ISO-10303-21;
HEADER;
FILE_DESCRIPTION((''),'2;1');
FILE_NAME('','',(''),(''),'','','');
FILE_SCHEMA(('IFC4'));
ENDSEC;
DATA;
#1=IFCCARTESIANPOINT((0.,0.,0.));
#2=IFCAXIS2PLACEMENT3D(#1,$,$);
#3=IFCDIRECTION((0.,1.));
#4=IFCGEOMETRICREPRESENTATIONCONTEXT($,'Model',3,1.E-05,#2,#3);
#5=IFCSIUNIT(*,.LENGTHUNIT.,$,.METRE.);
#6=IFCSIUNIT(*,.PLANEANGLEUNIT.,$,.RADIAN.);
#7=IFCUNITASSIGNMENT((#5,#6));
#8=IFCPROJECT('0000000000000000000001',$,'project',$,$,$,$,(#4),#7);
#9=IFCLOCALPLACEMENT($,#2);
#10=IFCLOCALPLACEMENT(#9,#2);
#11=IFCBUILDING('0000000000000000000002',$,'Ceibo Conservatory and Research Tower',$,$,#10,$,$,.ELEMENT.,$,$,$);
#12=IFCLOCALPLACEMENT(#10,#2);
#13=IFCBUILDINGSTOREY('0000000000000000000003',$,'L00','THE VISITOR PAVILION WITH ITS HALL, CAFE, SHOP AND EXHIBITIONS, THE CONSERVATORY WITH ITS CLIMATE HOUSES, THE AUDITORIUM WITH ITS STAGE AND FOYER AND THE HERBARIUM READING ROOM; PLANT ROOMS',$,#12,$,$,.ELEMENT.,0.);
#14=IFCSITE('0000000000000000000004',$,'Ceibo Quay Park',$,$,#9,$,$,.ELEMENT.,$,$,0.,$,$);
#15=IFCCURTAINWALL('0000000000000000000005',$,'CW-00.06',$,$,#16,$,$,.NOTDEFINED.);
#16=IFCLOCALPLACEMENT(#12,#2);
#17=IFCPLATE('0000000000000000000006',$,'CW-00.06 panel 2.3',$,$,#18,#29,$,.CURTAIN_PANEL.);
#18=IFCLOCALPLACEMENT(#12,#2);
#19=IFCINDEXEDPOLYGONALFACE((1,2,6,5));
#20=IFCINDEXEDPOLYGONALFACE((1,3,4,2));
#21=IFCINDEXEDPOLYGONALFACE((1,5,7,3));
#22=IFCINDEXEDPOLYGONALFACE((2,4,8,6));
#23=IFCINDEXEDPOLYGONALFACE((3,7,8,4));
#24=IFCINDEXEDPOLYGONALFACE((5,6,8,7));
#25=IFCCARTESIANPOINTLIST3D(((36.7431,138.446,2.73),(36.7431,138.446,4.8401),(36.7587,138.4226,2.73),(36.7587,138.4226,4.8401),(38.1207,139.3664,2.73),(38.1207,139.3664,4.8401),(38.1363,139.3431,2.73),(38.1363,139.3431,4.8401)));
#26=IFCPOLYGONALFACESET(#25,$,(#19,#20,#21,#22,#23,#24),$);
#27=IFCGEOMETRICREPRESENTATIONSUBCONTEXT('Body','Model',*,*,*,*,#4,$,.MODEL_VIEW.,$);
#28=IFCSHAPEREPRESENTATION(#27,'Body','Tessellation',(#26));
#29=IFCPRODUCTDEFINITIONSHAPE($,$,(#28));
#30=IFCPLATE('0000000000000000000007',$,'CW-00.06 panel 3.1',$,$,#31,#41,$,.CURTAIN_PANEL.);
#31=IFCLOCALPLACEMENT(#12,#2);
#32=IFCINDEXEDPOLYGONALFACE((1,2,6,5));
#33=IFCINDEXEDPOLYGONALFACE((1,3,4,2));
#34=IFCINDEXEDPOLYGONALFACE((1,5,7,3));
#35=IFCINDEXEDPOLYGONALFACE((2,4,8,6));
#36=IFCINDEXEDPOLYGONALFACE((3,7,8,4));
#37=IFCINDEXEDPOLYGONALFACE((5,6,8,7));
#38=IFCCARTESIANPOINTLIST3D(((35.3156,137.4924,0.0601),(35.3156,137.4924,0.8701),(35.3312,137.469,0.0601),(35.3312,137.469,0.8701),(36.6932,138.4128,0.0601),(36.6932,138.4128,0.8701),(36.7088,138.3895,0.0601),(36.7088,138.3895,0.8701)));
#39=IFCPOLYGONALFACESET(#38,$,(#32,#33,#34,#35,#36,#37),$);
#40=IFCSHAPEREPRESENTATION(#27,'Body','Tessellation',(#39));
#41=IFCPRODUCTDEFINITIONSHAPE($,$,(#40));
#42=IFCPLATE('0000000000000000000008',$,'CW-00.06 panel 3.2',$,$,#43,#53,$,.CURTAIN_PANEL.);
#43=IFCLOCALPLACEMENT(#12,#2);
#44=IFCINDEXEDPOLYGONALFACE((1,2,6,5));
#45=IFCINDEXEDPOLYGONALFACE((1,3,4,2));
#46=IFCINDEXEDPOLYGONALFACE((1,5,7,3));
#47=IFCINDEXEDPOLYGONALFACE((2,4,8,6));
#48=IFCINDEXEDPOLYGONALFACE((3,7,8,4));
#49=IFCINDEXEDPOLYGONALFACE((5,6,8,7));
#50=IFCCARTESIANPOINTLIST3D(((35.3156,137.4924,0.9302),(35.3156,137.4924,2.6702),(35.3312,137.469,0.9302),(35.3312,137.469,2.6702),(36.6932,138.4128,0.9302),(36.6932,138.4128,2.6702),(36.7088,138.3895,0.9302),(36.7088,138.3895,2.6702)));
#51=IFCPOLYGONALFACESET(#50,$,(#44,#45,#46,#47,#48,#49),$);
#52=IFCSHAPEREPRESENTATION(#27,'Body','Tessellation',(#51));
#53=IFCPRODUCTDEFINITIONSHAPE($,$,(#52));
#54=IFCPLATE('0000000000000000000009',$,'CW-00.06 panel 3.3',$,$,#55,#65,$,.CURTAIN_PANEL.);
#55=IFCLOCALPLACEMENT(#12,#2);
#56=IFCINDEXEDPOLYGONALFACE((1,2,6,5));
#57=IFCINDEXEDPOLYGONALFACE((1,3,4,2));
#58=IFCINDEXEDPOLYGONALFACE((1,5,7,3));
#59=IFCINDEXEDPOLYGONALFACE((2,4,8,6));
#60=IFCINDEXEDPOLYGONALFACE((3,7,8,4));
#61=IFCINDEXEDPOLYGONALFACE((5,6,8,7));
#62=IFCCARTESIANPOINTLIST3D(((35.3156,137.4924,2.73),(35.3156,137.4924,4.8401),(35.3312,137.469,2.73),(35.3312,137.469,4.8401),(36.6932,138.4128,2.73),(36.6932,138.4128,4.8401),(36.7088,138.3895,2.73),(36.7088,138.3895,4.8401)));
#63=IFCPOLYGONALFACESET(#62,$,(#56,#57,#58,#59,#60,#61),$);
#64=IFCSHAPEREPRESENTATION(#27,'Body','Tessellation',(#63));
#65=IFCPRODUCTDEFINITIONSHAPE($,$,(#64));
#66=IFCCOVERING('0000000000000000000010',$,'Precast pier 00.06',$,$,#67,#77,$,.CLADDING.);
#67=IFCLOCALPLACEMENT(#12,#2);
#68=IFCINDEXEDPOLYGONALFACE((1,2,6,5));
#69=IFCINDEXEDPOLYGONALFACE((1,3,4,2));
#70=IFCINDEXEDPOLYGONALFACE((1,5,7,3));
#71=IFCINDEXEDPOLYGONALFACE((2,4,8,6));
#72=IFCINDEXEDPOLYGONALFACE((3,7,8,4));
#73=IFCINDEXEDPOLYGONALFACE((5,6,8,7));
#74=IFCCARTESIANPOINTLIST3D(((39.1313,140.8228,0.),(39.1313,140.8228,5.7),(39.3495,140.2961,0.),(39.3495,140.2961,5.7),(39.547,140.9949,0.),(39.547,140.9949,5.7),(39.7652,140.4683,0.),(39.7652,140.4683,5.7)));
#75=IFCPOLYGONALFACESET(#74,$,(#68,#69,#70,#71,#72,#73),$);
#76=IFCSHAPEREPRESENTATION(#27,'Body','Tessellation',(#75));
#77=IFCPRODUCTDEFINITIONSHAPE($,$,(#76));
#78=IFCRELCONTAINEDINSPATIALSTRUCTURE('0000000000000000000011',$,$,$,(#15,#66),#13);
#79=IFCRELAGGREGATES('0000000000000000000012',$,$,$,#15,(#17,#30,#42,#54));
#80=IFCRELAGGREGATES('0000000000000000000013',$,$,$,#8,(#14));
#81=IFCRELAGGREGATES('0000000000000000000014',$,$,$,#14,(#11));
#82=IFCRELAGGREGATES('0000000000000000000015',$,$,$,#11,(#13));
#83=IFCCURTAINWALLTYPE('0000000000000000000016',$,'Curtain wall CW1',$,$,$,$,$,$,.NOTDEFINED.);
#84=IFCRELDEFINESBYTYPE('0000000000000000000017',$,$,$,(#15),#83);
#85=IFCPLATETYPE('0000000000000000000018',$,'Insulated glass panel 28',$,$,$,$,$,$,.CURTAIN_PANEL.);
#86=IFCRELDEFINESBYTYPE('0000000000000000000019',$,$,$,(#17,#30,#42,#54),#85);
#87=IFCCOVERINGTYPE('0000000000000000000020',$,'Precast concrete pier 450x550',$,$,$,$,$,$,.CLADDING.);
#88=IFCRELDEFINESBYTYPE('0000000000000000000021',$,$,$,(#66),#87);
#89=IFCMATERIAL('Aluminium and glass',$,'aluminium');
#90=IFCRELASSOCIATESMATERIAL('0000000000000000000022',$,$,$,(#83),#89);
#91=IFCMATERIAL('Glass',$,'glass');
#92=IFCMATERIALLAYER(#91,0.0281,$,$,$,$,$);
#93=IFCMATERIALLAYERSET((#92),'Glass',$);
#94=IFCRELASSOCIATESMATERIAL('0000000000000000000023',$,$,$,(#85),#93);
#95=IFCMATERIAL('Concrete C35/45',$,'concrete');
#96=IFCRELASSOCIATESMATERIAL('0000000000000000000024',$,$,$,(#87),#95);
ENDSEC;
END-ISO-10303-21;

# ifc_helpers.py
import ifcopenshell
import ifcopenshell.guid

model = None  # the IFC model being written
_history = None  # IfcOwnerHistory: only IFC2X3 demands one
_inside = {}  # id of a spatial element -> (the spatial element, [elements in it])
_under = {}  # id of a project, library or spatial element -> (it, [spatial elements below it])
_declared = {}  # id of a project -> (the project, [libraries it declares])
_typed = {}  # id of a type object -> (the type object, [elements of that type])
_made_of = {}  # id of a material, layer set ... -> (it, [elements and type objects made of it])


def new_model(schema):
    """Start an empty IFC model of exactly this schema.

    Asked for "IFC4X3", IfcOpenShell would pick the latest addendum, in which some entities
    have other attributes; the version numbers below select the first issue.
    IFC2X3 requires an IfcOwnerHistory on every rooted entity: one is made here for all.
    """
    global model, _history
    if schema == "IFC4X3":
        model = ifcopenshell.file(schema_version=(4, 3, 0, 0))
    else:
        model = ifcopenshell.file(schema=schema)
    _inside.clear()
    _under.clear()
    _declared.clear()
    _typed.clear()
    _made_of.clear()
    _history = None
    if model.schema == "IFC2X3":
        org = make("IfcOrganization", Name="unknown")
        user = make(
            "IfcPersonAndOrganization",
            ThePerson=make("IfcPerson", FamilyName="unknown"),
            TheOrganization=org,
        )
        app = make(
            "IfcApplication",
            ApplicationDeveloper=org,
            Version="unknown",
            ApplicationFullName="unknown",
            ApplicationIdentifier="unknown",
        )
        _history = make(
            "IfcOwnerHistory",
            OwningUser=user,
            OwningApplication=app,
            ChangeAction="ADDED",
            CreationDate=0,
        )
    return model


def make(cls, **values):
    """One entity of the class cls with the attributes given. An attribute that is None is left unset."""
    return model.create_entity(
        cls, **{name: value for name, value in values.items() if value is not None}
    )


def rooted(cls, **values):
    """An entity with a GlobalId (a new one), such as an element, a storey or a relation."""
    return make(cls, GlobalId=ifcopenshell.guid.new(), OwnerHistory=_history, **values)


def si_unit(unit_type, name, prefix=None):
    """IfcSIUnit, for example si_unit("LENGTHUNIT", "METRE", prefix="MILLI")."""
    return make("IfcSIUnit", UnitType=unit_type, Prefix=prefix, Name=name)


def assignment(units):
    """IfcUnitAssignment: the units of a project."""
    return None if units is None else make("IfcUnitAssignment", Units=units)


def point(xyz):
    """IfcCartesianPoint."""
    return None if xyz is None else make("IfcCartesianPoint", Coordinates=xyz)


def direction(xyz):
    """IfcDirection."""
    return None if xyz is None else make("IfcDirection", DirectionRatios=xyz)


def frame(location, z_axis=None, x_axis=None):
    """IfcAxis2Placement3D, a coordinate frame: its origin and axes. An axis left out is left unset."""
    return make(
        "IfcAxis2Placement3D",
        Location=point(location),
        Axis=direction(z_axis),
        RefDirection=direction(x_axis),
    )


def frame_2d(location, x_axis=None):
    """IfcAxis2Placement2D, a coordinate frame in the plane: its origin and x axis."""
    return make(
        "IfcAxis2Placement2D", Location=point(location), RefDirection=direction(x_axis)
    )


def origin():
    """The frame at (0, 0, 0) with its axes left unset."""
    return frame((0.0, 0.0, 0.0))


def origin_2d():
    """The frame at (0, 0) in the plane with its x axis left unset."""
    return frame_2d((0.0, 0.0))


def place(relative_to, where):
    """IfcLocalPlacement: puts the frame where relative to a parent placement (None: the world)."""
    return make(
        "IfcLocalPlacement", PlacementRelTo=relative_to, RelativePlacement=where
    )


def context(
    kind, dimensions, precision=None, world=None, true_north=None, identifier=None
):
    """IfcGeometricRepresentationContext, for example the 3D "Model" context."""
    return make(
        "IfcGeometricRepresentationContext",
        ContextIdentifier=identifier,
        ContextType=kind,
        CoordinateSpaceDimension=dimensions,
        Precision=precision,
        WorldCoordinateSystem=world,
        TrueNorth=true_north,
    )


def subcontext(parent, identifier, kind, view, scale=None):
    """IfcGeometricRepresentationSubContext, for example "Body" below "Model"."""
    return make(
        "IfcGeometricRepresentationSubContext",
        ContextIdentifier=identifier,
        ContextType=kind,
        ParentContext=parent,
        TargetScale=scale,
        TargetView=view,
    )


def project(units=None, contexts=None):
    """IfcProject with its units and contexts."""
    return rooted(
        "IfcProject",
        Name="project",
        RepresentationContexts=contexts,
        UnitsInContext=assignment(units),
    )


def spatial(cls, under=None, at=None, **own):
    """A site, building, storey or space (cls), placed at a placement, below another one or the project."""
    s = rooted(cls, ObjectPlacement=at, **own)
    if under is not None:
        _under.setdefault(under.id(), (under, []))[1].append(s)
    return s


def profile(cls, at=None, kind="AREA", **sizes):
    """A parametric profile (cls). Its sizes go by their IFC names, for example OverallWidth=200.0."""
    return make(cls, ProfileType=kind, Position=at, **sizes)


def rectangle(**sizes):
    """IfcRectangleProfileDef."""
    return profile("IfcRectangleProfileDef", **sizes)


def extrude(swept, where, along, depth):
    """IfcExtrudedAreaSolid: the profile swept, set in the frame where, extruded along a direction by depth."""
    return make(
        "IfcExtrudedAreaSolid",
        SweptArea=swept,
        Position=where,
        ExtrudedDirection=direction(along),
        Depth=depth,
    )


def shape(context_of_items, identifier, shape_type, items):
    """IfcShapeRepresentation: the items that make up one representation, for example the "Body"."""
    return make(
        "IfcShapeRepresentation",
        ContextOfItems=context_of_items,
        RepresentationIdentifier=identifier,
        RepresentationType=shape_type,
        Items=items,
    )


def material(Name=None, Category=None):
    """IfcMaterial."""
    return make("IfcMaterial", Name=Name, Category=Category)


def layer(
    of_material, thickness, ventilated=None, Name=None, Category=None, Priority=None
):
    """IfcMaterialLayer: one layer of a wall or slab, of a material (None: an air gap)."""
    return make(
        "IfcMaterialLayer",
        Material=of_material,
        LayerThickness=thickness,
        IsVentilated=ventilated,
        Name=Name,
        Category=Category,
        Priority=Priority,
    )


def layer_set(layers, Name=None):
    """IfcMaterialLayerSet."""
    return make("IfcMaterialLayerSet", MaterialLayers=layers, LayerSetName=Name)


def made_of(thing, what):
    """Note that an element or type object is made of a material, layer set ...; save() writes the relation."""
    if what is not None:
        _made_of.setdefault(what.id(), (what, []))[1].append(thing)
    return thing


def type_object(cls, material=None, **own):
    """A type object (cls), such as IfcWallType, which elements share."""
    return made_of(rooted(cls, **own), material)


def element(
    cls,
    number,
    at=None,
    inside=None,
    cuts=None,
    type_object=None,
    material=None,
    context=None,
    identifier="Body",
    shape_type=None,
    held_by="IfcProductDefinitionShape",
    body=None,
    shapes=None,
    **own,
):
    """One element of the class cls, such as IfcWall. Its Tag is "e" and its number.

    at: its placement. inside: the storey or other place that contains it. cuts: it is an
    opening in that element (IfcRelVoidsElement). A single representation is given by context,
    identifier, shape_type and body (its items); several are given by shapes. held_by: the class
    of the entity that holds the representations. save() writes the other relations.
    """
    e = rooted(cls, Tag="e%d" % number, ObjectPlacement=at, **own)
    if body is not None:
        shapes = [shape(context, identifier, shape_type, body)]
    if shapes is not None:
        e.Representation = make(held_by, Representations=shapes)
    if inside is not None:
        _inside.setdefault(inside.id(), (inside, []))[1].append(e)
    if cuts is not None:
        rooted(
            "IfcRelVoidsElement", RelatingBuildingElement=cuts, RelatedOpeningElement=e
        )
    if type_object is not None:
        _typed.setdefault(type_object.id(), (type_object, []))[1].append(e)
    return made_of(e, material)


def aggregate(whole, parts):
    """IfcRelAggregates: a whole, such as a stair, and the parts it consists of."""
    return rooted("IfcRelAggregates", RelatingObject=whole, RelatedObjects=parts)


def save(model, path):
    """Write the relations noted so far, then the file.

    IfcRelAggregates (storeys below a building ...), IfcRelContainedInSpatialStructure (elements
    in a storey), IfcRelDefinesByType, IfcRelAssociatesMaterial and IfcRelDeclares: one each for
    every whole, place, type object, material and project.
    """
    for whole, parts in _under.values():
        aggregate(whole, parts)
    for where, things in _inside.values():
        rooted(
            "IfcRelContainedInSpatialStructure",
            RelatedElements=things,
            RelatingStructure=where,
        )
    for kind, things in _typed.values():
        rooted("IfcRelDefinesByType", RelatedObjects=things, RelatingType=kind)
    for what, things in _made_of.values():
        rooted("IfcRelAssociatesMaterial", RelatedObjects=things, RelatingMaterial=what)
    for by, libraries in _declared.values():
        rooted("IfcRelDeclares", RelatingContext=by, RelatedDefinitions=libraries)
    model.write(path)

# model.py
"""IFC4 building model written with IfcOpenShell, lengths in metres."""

from ifc_helpers import new_model, si_unit, direction, frame, origin, origin_2d, place, context, subcontext, project, spatial, rectangle, extrude, material, layer, layer_set, type_object, element, aggregate, save


model = new_model("IFC4")

# Units and contexts
model_context = context("Model", 3, precision=1e-05, world=origin(), true_north=direction((0.0, 1.0)))
body_context = subcontext(model_context, "Body", "Model", "MODEL_VIEW")
ifc_project = project(units=[si_unit("LENGTHUNIT", "METRE"), si_unit("PLANEANGLEUNIT", "RADIAN")], contexts=[model_context])

# Site, building, storey
site_placement = place(None, origin())
site = spatial("IfcSite", under=ifc_project, at=site_placement, Name="Ceibo Quay Park", CompositionType="ELEMENT", RefElevation=0.0)
building_placement = place(site_placement, origin())
building = spatial("IfcBuilding", under=site, at=building_placement, Name="Ceibo Conservatory and Research Tower", CompositionType="ELEMENT")
storey_placement = place(building_placement, origin())
storey = spatial("IfcBuildingStorey", under=building, at=storey_placement, Name="L00", Description="THE VISITOR PAVILION WITH ITS HALL, CAFE, SHOP AND EXHIBITIONS, THE CONSERVATORY WITH ITS CLIMATE HOUSES, THE AUDITORIUM WITH ITS STAGE AND FOYER AND THE HERBARIUM READING ROOM; PLANT ROOMS", CompositionType="ELEMENT", Elevation=0.0)

# Shared definitions
ifc_material_1 = material(Name="Aluminium and glass", Category="aluminium")
curtain_wall_type = type_object("IfcCurtainWallType", Name="Curtain wall CW1", PredefinedType="NOTDEFINED", material=ifc_material_1)

# Curtain wall
curtain_wall_1_placement = place(storey_placement, origin())
curtain_wall_1 = element("IfcCurtainWall", 1, at=curtain_wall_1_placement, inside=storey, type_object=curtain_wall_type, Name="CW-00.06", PredefinedType="NOTDEFINED")

# Shared definitions
ifc_material_2 = material(Name="Concrete C35/45", Category="concrete")

# Plates
ifc_material_3 = material(Name="Glass", Category="glass")
ifc_layer = layer(ifc_material_3, 0.0281)
ifc_layer_set = layer_set([ifc_layer], Name="Glass")
plate_type = type_object("IfcPlateType", Name="Insulated glass panel 28", PredefinedType="CURTAIN_PANEL", material=ifc_layer_set)
plate_1_placement = place(storey_placement, frame((37.4397, 138.8945, 2.73), z_axis=(0.0, 0.0, 1.0), x_axis=(-0.83147, -0.55557, 0.0)))
plate_1 = element("IfcPlate", 2, at=plate_1_placement, type_object=plate_type, Name="CW-00.06 panel 2.3", PredefinedType="CURTAIN_PANEL", context=body_context, shape_type="SweptSolid", body=[
    extrude(rectangle(XDim=1.6567, YDim=0.0281, at=origin_2d()), origin(), (0.0, 0.0, 1.0), 2.1101),
])
plate_2_placement = place(storey_placement, frame((36.0122, 137.9409, 0.0601), z_axis=(0.0, 0.0, 1.0), x_axis=(-0.83147, -0.55557, 0.0)))
plate_2 = element("IfcPlate", 3, at=plate_2_placement, type_object=plate_type, Name="CW-00.06 panel 3.1", PredefinedType="CURTAIN_PANEL", context=body_context, shape_type="SweptSolid", body=[
    extrude(rectangle(XDim=1.6567, YDim=0.0281, at=origin_2d()), origin(), (0.0, 0.0, 1.0), 0.8101),
])
plate_3_placement = place(storey_placement, frame((36.0122, 137.9409, 0.9302), z_axis=(0.0, 0.0, 1.0), x_axis=(-0.83147, -0.55557, 0.0)))
plate_3 = element("IfcPlate", 4, at=plate_3_placement, type_object=plate_type, Name="CW-00.06 panel 3.2", PredefinedType="CURTAIN_PANEL", context=body_context, shape_type="SweptSolid", body=[
    extrude(rectangle(XDim=1.6567, YDim=0.0281, at=origin_2d()), origin(), (0.0, 0.0, 1.0), 1.74),
])
plate_4_placement = place(storey_placement, frame((36.0122, 137.9409, 2.73), z_axis=(0.0, 0.0, 1.0), x_axis=(-0.83147, -0.55557, 0.0)))
plate_4 = element("IfcPlate", 5, at=plate_4_placement, type_object=plate_type, Name="CW-00.06 panel 3.3", PredefinedType="CURTAIN_PANEL", context=body_context, shape_type="SweptSolid", body=[
    extrude(rectangle(XDim=1.6567, YDim=0.0281, at=origin_2d()), origin(), (0.0, 0.0, 1.0), 2.1101),
])
aggregate(curtain_wall_1, [plate_1, plate_2, plate_3, plate_4])

# Covering
covering_type = type_object("IfcCoveringType", Name="Precast concrete pier 450x550", PredefinedType="CLADDING", material=ifc_material_2)
covering_placement = place(storey_placement, frame((39.4482, 140.6455, 0.0), z_axis=(0.0, 0.0, 1.0), x_axis=(-0.382683, 0.92388, 0.0)))
element("IfcCovering", 6, at=covering_placement, inside=storey, type_object=covering_type, Name="Precast pier 00.06", PredefinedType="CLADDING", context=body_context, shape_type="SweptSolid", body=[
    extrude(rectangle(XDim=0.5701, YDim=0.45, at=origin_2d()), origin(), (0.0, 0.0, 1.0), 5.7),
])

save(model, "model.ifc")
